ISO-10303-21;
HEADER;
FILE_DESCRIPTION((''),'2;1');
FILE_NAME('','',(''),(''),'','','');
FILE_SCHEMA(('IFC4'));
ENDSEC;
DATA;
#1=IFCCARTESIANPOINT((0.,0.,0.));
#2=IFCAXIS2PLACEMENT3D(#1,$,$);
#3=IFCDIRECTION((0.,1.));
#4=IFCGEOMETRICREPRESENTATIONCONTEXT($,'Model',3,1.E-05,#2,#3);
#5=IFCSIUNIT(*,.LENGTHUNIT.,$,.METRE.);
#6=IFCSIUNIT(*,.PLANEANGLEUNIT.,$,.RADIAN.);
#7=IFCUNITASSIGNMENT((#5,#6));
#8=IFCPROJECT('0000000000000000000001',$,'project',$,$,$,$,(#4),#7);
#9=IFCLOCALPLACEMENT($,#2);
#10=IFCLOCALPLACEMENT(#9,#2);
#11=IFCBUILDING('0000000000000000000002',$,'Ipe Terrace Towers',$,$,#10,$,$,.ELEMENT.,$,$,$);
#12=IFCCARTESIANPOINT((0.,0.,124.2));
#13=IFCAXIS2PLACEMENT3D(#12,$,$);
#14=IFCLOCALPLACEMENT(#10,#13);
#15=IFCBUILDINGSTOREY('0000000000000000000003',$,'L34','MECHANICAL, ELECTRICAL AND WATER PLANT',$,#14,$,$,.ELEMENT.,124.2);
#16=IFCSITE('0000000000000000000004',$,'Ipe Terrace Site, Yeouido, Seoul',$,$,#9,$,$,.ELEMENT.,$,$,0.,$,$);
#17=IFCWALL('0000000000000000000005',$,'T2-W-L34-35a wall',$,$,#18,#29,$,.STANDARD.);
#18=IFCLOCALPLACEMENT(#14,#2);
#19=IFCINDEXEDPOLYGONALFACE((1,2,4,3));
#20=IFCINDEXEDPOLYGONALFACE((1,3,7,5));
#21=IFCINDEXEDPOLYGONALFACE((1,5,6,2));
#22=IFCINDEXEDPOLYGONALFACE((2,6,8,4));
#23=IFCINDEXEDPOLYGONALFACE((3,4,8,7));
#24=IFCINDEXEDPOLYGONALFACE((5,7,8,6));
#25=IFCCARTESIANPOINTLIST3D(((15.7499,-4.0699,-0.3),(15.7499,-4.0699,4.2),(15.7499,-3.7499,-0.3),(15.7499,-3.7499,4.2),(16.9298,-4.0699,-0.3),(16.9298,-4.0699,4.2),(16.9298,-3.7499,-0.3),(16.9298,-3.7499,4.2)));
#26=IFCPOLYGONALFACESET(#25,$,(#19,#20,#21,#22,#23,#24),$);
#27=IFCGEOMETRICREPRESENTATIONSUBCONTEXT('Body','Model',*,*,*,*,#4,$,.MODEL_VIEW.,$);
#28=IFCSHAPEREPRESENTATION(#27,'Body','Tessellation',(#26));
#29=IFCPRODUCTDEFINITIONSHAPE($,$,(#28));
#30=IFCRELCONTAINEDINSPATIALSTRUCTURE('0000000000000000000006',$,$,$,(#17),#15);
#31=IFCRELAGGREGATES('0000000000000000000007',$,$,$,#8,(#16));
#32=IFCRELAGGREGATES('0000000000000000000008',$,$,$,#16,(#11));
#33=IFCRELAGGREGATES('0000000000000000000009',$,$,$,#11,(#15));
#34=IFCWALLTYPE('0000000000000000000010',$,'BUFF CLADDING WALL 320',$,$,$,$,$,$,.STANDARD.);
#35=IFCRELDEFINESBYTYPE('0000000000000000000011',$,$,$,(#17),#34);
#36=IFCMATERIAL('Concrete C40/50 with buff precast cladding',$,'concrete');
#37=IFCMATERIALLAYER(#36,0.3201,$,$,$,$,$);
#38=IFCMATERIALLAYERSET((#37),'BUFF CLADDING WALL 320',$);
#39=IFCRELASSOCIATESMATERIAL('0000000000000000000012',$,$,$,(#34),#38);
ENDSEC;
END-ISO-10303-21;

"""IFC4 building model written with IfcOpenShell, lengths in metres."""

from ifc_helpers import new_model, si_unit, direction, frame, frame_2d, origin, place, context, subcontext, project, spatial, rectangle, extrude, material, layer, layer_set, type_object, element, save


model = new_model("IFC4")

# Units and contexts
model_context = context("Model", 3, precision=1e-05, world=origin(), true_north=direction((0.0, 1.0)))
body_context = subcontext(model_context, "Body", "Model", "MODEL_VIEW")
ifc_project = project(units=[si_unit("LENGTHUNIT", "METRE"), si_unit("PLANEANGLEUNIT", "RADIAN")], contexts=[model_context])

# Site, building, storey
site_placement = place(None, origin())
site = spatial("IfcSite", under=ifc_project, at=site_placement, Name="Ipe Terrace Site, Yeouido, Seoul", CompositionType="ELEMENT", RefElevation=0.0)
building_placement = place(site_placement, origin())
building = spatial("IfcBuilding", under=site, at=building_placement, Name="Ipe Terrace Towers", CompositionType="ELEMENT")
storey_placement = place(building_placement, frame((0.0, 0.0, 124.2)))
storey = spatial("IfcBuildingStorey", under=building, at=storey_placement, Name="L34", Description="MECHANICAL, ELECTRICAL AND WATER PLANT", CompositionType="ELEMENT", Elevation=124.2)

# Wall
ifc_material_1 = material(Name="Concrete C40/50 with buff precast cladding", Category="concrete")
ifc_layer_1 = layer(ifc_material_1, 0.3201)
ifc_layer_set_1 = layer_set([ifc_layer_1], Name="BUFF CLADDING WALL 320")
wall_type = type_object("IfcWallType", Name="BUFF CLADDING WALL 320", PredefinedType="STANDARD", material=ifc_layer_set_1)
wall_1_placement = place(storey_placement, frame((15.75, -3.9099, -0.3), z_axis=(0.0, 0.0, 1.0), x_axis=(1.0, 0.0, 0.0)))
element("IfcWall", 1, at=wall_1_placement, inside=storey, type_object=wall_type, Name="T2-W-L34-35a wall", PredefinedType="STANDARD", context=body_context, shape_type="SweptSolid", body=[
    extrude(rectangle(XDim=1.1799, YDim=0.3201, at=frame_2d((0.5898, 0.0))), origin(), (0.0, 0.0, 1.0), 4.5),
])

save(model, "model.ifc")
